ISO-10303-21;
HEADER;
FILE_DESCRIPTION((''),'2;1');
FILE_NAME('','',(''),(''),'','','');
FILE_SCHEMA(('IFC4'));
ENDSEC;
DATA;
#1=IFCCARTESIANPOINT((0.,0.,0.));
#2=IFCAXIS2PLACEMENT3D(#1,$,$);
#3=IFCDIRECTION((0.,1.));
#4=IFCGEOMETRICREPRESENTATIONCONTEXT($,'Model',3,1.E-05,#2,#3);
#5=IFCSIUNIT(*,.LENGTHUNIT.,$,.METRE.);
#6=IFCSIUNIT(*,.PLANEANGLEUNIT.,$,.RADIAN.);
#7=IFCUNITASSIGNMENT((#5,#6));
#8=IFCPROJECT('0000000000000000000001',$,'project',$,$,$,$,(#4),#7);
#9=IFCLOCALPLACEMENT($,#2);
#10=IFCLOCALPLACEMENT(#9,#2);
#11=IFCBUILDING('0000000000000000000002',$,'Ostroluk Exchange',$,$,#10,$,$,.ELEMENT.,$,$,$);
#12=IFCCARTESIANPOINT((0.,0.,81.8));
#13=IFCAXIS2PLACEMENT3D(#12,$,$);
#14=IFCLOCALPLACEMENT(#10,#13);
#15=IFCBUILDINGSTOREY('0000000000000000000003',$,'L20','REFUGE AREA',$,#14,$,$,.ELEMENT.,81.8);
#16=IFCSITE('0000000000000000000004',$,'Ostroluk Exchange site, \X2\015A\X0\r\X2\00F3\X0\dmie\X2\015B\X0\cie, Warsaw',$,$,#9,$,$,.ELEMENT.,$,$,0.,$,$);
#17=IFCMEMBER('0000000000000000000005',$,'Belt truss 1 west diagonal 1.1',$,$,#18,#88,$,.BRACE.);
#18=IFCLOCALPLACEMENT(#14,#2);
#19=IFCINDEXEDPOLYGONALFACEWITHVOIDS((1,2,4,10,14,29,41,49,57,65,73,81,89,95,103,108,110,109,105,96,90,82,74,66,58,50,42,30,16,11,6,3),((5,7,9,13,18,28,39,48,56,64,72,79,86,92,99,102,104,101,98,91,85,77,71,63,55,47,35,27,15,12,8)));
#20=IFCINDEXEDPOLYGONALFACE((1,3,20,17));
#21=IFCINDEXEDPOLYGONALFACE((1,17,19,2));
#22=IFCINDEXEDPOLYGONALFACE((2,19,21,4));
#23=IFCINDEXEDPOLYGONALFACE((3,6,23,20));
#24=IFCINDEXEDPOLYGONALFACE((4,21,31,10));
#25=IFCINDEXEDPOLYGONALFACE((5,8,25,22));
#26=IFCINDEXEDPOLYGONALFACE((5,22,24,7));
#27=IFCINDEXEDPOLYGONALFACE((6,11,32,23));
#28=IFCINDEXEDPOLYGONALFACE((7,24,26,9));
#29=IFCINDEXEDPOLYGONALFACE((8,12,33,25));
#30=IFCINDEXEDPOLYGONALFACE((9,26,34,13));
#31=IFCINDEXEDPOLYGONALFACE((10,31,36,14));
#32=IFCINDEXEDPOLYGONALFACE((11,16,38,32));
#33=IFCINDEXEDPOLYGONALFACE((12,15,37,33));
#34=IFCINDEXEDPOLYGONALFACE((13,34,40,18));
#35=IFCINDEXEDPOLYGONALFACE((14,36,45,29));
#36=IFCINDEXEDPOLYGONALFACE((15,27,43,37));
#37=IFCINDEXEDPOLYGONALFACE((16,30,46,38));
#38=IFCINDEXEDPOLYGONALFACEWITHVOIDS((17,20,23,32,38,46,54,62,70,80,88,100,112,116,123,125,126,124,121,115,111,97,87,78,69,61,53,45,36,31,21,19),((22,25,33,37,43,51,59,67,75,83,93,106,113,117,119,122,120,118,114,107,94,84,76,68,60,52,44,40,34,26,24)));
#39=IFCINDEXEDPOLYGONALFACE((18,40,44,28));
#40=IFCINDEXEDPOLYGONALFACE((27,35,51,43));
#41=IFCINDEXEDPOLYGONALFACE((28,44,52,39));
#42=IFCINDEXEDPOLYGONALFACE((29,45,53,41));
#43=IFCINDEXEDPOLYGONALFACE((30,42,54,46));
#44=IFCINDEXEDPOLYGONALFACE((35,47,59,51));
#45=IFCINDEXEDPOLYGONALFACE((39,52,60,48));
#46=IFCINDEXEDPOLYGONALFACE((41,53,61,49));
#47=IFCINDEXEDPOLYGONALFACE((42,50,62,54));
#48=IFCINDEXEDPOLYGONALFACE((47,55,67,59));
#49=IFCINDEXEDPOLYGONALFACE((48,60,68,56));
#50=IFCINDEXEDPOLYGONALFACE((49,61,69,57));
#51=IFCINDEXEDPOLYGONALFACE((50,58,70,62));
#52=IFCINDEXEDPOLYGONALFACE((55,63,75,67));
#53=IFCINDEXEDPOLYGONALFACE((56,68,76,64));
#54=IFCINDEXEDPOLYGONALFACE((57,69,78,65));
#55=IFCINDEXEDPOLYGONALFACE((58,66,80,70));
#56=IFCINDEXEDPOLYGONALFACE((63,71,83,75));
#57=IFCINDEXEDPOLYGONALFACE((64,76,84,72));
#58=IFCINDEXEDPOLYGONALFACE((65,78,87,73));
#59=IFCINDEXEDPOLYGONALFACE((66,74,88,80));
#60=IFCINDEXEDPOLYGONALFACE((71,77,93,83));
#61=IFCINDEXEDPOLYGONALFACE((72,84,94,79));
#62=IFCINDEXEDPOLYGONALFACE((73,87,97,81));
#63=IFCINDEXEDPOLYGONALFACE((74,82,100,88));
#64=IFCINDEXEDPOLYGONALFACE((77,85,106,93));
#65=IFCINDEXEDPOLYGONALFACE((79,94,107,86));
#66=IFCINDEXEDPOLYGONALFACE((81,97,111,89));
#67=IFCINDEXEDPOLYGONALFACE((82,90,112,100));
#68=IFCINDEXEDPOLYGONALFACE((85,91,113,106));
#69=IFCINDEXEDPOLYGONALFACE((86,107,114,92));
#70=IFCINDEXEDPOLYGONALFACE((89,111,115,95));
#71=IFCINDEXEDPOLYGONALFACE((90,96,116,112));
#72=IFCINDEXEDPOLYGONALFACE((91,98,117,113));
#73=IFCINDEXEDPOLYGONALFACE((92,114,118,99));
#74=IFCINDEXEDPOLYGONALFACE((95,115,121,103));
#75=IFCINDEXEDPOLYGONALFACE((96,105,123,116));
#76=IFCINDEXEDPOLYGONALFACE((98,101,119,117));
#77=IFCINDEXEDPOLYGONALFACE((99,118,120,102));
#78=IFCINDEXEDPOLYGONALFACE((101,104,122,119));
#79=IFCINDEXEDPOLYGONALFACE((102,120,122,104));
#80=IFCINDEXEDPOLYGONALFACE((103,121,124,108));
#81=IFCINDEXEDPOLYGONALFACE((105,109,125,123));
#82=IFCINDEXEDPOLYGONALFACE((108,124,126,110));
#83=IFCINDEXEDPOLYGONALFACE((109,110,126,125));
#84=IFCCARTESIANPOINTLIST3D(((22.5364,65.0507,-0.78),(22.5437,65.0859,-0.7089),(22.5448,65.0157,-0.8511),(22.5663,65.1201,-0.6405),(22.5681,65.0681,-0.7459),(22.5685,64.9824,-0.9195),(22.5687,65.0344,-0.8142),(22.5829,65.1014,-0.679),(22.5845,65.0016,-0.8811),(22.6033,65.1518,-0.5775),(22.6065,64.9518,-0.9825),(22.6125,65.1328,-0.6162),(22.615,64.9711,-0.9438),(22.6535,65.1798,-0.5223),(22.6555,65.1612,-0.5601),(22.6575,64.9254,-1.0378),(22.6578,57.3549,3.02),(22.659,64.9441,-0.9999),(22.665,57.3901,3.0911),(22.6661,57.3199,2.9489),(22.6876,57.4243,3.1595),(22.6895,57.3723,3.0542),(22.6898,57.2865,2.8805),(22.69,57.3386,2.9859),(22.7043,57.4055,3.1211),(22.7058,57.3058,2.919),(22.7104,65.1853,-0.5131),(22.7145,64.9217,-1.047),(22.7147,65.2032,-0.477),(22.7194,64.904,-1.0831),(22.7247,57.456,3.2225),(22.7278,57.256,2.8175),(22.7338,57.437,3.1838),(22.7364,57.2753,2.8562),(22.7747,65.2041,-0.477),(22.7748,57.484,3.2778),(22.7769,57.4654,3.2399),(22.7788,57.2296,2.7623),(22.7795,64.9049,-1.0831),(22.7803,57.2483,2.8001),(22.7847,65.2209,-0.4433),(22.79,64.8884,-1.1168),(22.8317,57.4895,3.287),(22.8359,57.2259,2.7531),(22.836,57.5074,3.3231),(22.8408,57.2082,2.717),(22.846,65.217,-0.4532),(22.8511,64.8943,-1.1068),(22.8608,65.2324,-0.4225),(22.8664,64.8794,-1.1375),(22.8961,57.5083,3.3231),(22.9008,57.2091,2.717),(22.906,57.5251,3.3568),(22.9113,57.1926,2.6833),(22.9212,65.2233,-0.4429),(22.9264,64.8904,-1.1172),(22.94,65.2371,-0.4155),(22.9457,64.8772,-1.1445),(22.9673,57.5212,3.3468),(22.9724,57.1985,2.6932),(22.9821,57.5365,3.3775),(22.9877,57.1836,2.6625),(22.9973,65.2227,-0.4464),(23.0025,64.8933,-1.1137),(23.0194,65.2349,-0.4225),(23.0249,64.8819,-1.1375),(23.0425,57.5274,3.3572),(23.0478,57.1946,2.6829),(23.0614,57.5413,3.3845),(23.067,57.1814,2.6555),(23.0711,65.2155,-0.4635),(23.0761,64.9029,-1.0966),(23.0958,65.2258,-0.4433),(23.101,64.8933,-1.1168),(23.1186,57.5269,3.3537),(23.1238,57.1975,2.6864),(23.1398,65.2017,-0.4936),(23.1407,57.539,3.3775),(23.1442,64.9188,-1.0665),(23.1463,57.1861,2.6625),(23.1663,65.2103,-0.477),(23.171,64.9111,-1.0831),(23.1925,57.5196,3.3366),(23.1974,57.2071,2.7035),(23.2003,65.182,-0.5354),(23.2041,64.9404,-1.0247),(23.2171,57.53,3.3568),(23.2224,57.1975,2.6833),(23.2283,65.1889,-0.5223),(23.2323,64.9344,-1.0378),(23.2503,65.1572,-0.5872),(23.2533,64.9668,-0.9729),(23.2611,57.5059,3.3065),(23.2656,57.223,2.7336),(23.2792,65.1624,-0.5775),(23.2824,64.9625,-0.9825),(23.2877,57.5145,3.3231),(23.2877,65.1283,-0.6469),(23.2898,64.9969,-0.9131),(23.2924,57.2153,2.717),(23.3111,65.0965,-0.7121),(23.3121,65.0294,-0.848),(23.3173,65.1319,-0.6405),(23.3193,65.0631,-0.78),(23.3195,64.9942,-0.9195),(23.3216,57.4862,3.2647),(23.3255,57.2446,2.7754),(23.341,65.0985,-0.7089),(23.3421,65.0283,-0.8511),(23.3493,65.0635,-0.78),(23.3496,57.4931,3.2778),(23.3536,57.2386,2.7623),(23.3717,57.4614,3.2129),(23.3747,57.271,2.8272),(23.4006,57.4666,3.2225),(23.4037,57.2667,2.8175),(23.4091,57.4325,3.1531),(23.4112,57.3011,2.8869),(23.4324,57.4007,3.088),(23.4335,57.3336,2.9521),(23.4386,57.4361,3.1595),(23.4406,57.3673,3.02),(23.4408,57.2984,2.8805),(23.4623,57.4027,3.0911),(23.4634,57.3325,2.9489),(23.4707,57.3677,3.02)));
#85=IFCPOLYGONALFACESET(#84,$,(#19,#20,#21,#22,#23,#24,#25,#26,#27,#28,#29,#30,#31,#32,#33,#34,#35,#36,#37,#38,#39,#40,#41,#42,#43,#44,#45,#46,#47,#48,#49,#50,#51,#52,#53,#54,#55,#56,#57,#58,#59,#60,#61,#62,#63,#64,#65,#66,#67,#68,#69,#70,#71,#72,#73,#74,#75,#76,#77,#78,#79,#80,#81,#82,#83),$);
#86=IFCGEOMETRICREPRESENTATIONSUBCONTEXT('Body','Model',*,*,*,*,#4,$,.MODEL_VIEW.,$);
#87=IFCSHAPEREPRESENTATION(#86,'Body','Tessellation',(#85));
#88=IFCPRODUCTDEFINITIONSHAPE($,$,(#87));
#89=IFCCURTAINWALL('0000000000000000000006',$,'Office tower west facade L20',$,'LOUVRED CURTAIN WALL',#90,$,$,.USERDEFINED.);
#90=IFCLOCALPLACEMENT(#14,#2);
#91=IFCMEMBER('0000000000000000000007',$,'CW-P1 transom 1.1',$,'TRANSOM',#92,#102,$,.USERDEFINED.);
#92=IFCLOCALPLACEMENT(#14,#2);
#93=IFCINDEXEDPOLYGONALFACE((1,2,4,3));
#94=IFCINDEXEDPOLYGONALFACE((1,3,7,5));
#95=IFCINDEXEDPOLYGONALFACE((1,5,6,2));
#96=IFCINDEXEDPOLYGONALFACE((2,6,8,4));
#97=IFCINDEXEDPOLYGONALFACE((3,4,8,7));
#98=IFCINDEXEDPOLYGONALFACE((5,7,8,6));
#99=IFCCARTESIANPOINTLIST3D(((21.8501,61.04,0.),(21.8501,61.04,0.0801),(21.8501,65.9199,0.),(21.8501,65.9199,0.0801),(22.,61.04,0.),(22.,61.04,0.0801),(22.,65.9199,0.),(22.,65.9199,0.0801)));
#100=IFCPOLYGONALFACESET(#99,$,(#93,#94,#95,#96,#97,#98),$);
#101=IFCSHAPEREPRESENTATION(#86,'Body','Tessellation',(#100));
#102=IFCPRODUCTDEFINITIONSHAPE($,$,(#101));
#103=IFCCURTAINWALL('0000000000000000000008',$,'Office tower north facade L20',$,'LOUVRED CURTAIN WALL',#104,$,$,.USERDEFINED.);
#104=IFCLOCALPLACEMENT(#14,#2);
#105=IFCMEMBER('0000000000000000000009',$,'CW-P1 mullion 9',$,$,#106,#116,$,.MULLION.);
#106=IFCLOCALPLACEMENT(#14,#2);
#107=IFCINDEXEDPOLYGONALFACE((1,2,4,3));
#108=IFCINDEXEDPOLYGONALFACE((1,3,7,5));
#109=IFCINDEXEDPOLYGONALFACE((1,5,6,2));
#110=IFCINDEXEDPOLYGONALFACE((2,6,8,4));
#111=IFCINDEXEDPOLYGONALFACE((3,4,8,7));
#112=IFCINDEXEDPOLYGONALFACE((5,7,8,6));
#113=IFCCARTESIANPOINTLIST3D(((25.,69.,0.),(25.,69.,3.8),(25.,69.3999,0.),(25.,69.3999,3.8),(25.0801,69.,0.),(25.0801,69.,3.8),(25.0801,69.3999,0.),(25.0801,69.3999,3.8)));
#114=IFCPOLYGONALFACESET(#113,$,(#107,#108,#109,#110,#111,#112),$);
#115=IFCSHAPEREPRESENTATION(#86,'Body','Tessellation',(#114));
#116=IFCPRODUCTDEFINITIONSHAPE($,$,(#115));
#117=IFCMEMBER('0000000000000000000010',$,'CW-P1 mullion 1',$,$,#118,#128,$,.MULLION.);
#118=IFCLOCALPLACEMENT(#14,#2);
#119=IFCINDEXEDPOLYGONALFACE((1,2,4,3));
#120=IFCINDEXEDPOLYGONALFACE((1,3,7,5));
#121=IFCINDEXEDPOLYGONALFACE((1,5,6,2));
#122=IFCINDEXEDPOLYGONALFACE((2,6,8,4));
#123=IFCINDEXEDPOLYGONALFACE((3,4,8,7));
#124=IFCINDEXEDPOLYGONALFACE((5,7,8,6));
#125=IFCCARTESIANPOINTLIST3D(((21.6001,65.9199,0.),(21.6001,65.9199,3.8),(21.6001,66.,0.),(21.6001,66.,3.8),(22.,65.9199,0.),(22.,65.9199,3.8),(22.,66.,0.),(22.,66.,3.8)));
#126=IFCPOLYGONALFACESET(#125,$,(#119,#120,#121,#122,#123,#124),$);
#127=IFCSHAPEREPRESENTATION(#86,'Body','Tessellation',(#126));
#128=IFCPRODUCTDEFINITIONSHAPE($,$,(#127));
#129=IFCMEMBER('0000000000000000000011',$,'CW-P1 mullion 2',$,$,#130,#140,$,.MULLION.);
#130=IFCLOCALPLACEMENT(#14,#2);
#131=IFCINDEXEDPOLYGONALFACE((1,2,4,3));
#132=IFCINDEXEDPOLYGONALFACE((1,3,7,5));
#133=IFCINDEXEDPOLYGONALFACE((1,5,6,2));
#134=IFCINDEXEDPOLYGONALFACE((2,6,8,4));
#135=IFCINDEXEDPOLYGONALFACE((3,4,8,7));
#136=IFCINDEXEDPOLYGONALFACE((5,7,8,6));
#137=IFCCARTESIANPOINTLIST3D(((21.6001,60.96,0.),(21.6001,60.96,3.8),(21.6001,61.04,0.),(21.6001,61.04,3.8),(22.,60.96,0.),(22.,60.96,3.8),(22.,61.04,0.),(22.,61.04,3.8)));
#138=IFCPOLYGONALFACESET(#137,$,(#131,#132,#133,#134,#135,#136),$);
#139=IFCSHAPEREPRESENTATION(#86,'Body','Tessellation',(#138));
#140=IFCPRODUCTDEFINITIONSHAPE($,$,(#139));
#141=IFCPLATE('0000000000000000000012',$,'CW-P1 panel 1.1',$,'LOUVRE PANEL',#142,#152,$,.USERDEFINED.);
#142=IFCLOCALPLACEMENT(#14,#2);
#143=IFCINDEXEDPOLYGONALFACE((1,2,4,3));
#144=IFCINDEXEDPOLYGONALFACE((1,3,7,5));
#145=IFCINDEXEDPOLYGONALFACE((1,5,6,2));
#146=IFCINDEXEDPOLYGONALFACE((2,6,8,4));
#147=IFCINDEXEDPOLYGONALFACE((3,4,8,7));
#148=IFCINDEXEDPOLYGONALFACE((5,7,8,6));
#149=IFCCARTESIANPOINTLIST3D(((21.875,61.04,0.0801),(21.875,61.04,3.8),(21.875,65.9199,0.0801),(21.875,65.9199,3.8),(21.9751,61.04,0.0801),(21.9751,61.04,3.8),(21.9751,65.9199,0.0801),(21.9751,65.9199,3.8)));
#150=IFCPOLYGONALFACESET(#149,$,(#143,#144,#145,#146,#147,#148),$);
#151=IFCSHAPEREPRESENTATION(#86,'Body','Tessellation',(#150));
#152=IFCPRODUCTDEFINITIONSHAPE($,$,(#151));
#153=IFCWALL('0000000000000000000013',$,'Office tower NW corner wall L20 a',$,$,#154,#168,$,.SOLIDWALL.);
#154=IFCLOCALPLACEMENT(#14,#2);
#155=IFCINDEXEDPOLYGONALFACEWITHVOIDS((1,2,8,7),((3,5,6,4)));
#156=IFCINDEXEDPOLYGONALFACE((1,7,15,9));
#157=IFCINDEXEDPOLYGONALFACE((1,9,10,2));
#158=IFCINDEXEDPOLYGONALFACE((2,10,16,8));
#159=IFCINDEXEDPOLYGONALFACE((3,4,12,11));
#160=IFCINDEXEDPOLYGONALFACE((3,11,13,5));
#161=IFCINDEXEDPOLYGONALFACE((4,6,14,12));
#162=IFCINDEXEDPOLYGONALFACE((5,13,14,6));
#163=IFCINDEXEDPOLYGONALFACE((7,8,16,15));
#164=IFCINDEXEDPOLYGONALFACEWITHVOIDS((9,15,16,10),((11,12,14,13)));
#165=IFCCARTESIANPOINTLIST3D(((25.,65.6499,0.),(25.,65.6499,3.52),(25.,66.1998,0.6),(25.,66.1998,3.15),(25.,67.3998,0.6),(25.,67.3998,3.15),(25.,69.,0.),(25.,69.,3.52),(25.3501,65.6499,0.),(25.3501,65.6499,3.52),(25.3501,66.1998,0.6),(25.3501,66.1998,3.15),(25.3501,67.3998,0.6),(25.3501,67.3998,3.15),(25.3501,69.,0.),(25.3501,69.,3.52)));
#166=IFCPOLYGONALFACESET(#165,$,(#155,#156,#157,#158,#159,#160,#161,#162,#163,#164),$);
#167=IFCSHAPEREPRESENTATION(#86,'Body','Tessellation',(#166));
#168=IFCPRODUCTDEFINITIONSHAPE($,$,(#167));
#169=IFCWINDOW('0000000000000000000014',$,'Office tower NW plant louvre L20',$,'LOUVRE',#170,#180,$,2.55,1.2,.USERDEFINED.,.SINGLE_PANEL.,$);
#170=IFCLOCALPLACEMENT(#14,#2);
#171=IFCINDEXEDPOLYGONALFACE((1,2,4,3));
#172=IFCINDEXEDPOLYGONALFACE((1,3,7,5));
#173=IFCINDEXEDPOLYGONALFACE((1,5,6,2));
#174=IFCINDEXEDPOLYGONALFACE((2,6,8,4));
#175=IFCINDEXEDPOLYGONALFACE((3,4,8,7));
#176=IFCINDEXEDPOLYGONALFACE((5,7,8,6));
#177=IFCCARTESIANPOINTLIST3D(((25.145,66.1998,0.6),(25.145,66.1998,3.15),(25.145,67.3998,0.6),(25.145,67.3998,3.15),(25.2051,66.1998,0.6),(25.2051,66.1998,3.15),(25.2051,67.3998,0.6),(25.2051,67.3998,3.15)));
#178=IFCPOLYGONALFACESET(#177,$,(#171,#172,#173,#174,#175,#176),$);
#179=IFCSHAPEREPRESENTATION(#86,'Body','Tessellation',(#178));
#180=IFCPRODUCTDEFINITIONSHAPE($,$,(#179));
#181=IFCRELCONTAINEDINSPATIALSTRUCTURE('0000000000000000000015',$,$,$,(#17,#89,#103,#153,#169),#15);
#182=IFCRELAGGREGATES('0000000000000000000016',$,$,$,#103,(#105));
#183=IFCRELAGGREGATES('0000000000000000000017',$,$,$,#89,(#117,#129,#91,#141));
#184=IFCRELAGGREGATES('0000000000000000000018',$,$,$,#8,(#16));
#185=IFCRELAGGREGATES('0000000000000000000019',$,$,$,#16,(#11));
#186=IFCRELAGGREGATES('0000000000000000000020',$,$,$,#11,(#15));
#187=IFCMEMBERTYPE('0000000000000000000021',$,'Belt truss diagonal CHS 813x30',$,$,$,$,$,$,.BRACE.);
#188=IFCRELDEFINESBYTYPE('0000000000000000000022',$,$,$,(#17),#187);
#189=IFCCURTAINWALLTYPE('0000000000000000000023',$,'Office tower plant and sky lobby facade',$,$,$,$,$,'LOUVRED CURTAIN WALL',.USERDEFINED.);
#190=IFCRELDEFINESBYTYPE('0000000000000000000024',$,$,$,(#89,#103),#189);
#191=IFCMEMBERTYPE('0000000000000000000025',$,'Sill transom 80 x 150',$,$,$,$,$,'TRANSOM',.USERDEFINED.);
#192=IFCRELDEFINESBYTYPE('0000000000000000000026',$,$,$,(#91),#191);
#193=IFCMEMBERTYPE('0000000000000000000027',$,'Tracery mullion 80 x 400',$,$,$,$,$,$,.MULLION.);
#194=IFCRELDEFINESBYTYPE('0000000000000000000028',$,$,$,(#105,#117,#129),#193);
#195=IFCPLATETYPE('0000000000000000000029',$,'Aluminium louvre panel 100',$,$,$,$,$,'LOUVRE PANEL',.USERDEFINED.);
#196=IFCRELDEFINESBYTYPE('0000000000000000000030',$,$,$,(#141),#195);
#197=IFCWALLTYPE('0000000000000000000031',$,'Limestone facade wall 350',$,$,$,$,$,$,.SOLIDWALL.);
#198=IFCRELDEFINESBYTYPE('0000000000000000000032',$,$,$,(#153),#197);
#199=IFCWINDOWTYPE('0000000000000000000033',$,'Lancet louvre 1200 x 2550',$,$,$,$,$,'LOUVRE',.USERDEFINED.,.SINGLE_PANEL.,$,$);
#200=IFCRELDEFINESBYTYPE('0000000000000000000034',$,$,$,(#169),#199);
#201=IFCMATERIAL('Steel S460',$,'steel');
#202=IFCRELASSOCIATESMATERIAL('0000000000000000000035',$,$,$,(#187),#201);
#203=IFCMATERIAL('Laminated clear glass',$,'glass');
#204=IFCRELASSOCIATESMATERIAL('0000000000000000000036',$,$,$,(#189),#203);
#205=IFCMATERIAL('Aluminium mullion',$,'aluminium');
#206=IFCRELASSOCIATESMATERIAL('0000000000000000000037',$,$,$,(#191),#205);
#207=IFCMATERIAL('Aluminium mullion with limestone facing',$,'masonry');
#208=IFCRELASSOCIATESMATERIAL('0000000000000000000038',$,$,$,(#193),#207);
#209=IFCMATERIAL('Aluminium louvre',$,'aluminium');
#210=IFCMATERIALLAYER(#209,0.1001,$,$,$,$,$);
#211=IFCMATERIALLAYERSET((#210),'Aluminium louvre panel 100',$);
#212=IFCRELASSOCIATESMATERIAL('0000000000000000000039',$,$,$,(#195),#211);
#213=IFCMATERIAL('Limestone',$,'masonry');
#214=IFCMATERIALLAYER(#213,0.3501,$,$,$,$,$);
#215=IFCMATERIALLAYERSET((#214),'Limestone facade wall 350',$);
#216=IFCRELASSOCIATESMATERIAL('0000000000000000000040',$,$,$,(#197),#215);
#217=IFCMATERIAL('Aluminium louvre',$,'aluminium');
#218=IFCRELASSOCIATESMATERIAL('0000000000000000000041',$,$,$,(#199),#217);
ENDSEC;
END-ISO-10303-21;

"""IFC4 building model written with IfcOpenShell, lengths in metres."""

from ifc_helpers import new_model, si_unit, direction, frame, frame_2d, origin, origin_2d, place, context, subcontext, project, spatial, rectangle, hollow_circle, extrude, material, layer, layer_set, material_profile, profile_set, type_object, element, fill, aggregate, save


model = new_model("IFC4")

# Units and contexts
model_context = context("Model", 3, precision=1e-05, world=origin(), true_north=direction((0.0, 1.0)))
body_context = subcontext(model_context, "Body", "Model", "MODEL_VIEW")
ifc_project = project(units=[si_unit("LENGTHUNIT", "METRE"), si_unit("PLANEANGLEUNIT", "RADIAN")], contexts=[model_context])

# Site, building, storey
site_placement = place(None, origin())
site = spatial("IfcSite", under=ifc_project, at=site_placement, Name="Ostroluk Exchange site, Śródmieście, Warsaw", CompositionType="ELEMENT", RefElevation=0.0)
building_placement = place(site_placement, origin())
building = spatial("IfcBuilding", under=site, at=building_placement, Name="Ostroluk Exchange", CompositionType="ELEMENT")
storey_placement = place(building_placement, frame((0.0, 0.0, 81.8)))
storey = spatial("IfcBuildingStorey", under=building, at=storey_placement, Name="L20", Description="REFUGE AREA", CompositionType="ELEMENT", Elevation=81.8)

# Member
ifc_material_1 = material(Name="Steel S460", Category="steel")
ifc_material_profile_1 = material_profile(ifc_material_1, hollow_circle(Radius=0.4065, WallThickness=0.03, at=origin_2d()), Name="CHS 813x30")
ifc_profile_set_1 = profile_set([ifc_material_profile_1], Name="Steel S460")
member_type_1 = type_object("IfcMemberType", Name="Belt truss diagonal CHS 813x30", PredefinedType="BRACE", material=ifc_profile_set_1)
for number, where, z_axis, x_axis, name in (
    (1, (22.9429, 65.0571, -0.78), (0.014136, -0.896557, 0.442704), (0.999876, 0.015765, 0.0), "Belt truss 1 west diagonal 1.1"),
):
    element("IfcMember", number, at=place(storey_placement, frame(where, z_axis=z_axis, x_axis=x_axis)), inside=storey, type_object=member_type_1, Name=name, PredefinedType="BRACE", context=body_context, shape_type="SweptSolid", body=[
        extrude(hollow_circle(Radius=0.4065, WallThickness=0.03, at=origin_2d()), origin(), (0.0, 0.0, 1.0), 8.5837),
    ])

# Curtain walls, members
ifc_material_2 = material(Name="Laminated clear glass", Category="glass")
curtain_wall_type = type_object("IfcCurtainWallType", Name="Office tower plant and sky lobby facade", ElementType="LOUVRED CURTAIN WALL", PredefinedType="USERDEFINED", material=ifc_material_2)
curtain_wall_1_placement = place(storey_placement, origin())
curtain_wall_1 = element("IfcCurtainWall", 2, at=curtain_wall_1_placement, inside=storey, type_object=curtain_wall_type, Name="Office tower west facade L20", ObjectType="LOUVRED CURTAIN WALL", PredefinedType="USERDEFINED")
ifc_material_3 = material(Name="Aluminium mullion", Category="aluminium")
ifc_material_profile_2 = material_profile(ifc_material_3, rectangle(XDim=0.1499, YDim=0.0801, at=origin_2d()), Name="Sill transom 80 x 150")
ifc_profile_set_2 = profile_set([ifc_material_profile_2], Name="Aluminium mullion")
member_type_2 = type_object("IfcMemberType", Name="Sill transom 80 x 150", ElementType="TRANSOM", PredefinedType="USERDEFINED", material=ifc_profile_set_2)
member_1_placement = place(storey_placement, frame((21.925, 65.9199, 0.04), z_axis=(0.0, -1.0, 0.0), x_axis=(1.0, 0.0, 0.0)))
member_1 = element("IfcMember", 3, at=member_1_placement, type_object=member_type_2, Name="CW-P1 transom 1.1", ObjectType="TRANSOM", PredefinedType="USERDEFINED", context=body_context, shape_type="SweptSolid", body=[
    extrude(rectangle(XDim=0.1499, YDim=0.0801, at=origin_2d()), origin(), (0.0, 0.0, 1.0), 4.8799),
])
curtain_wall_2_placement = place(storey_placement, origin())
curtain_wall_2 = element("IfcCurtainWall", 4, at=curtain_wall_2_placement, inside=storey, type_object=curtain_wall_type, Name="Office tower north facade L20", ObjectType="LOUVRED CURTAIN WALL", PredefinedType="USERDEFINED")
ifc_material_4 = material(Name="Aluminium mullion with limestone facing", Category="masonry")
ifc_material_profile_3 = material_profile(ifc_material_4, rectangle(XDim=0.3999, YDim=0.0801, at=origin_2d()), Name="Tracery mullion 80 x 400")
ifc_profile_set_3 = profile_set([ifc_material_profile_3], Name="Aluminium mullion with limestone facing")
member_type_3 = type_object("IfcMemberType", Name="Tracery mullion 80 x 400", PredefinedType="MULLION", material=ifc_profile_set_3)
member_2_placement = place(storey_placement, frame((25.04, 69.2, 0.0), z_axis=(0.0, 0.0, 1.0), x_axis=(0.0, -1.0, 0.0)))
member_2 = element("IfcMember", 5, at=member_2_placement, type_object=member_type_3, Name="CW-P1 mullion 9", PredefinedType="MULLION", context=body_context, shape_type="SweptSolid", body=[
    extrude(rectangle(XDim=0.3999, YDim=0.0801, at=origin_2d()), origin(), (0.0, 0.0, 1.0), 3.8),
])
aggregate(curtain_wall_2, [member_2])

# Members
member_3_placement = place(storey_placement, frame((21.8, 65.96, 0.0), z_axis=(0.0, 0.0, 1.0), x_axis=(1.0, 0.0, 0.0)))
member_3 = element("IfcMember", 6, at=member_3_placement, type_object=member_type_3, Name="CW-P1 mullion 1", PredefinedType="MULLION", context=body_context, shape_type="SweptSolid", body=[
    extrude(rectangle(XDim=0.3999, YDim=0.0801, at=origin_2d()), origin(), (0.0, 0.0, 1.0), 3.8),
])
member_4_placement = place(storey_placement, frame((21.8, 61.0, 0.0), z_axis=(0.0, 0.0, 1.0), x_axis=(1.0, 0.0, 0.0)))
member_4 = element("IfcMember", 7, at=member_4_placement, type_object=member_type_3, Name="CW-P1 mullion 2", PredefinedType="MULLION", context=body_context, shape_type="SweptSolid", body=[
    extrude(rectangle(XDim=0.3999, YDim=0.0801, at=origin_2d()), origin(), (0.0, 0.0, 1.0), 3.8),
])

# Plate
ifc_material_5 = material(Name="Aluminium louvre", Category="aluminium")
ifc_layer_1 = layer(ifc_material_5, 0.1001)
ifc_layer_set_1 = layer_set([ifc_layer_1], Name="Aluminium louvre panel 100")
plate_type = type_object("IfcPlateType", Name="Aluminium louvre panel 100", ElementType="LOUVRE PANEL", PredefinedType="USERDEFINED", material=ifc_layer_set_1)
plate_placement = place(storey_placement, frame((21.925, 63.48, 0.0801), z_axis=(0.0, 0.0, 1.0), x_axis=(0.0, -1.0, 0.0)))
plate = element("IfcPlate", 8, at=plate_placement, type_object=plate_type, Name="CW-P1 panel 1.1", ObjectType="LOUVRE PANEL", PredefinedType="USERDEFINED", context=body_context, shape_type="SweptSolid", body=[
    extrude(rectangle(XDim=4.8799, YDim=0.1001, at=origin_2d()), origin(), (0.0, 0.0, 1.0), 3.72),
])
aggregate(curtain_wall_1, [member_3, member_4, member_1, plate])

# Wall, opening, window
ifc_material_6 = material(Name="Limestone", Category="masonry")
ifc_layer_2 = layer(ifc_material_6, 0.3501)
ifc_layer_set_2 = layer_set([ifc_layer_2], Name="Limestone facade wall 350")
wall_type_1 = type_object("IfcWallType", Name="Limestone facade wall 350", PredefinedType="SOLIDWALL", material=ifc_layer_set_2)
wall_1_placement = place(storey_placement, frame((25.175, 69.0, 0.0), z_axis=(0.0, 0.0, 1.0), x_axis=(0.0, -1.0, 0.0)))
wall_1 = element("IfcWall", 9, at=wall_1_placement, inside=storey, type_object=wall_type_1, Name="Office tower NW corner wall L20 a", PredefinedType="SOLIDWALL", context=body_context, shape_type="SweptSolid", body=[
    extrude(rectangle(XDim=3.3501, YDim=0.3501, at=frame_2d((1.675, 0.0))), origin(), (0.0, 0.0, 1.0), 3.52),
])
opening_1_placement = place(wall_1_placement, frame((1.6001, 0.0, 0.6001)))
opening_1 = element("IfcOpeningElement", 10, at=opening_1_placement, cuts=wall_1, PredefinedType="OPENING", context=body_context, shape_type="SweptSolid", body=[
    extrude(rectangle(XDim=1.2, YDim=2.55, at=frame_2d((0.6001, 1.2749))), frame((0.0, 0.1851, 0.0), z_axis=(0.0, -1.0, 0.0), x_axis=(1.0, 0.0, 0.0)), (0.0, 0.0, 1.0), 0.3701),
])
ifc_material_7 = material(Name="Aluminium louvre", Category="aluminium")
window_type = type_object("IfcWindowType", Name="Lancet louvre 1200 x 2550", ElementType="LOUVRE", PartitioningType="SINGLE_PANEL", PredefinedType="USERDEFINED", material=ifc_material_7)
window_placement = place(opening_1_placement, origin())
window = element("IfcWindow", 11, at=window_placement, inside=storey, type_object=window_type, Name="Office tower NW plant louvre L20", ObjectType="LOUVRE", OverallHeight=2.55, OverallWidth=1.2, PartitioningType="SINGLE_PANEL", PredefinedType="USERDEFINED", context=body_context, shape_type="SweptSolid", body=[
    extrude(rectangle(XDim=1.2, YDim=2.55, at=frame_2d((0.6001, 1.2749))), frame((0.0, 0.03, 0.0), z_axis=(0.0, -1.0, 0.0), x_axis=(1.0, 0.0, 0.0)), (0.0, 0.0, 1.0), 0.0601),
])
fill(opening_1, window)

save(model, "model.ifc")
